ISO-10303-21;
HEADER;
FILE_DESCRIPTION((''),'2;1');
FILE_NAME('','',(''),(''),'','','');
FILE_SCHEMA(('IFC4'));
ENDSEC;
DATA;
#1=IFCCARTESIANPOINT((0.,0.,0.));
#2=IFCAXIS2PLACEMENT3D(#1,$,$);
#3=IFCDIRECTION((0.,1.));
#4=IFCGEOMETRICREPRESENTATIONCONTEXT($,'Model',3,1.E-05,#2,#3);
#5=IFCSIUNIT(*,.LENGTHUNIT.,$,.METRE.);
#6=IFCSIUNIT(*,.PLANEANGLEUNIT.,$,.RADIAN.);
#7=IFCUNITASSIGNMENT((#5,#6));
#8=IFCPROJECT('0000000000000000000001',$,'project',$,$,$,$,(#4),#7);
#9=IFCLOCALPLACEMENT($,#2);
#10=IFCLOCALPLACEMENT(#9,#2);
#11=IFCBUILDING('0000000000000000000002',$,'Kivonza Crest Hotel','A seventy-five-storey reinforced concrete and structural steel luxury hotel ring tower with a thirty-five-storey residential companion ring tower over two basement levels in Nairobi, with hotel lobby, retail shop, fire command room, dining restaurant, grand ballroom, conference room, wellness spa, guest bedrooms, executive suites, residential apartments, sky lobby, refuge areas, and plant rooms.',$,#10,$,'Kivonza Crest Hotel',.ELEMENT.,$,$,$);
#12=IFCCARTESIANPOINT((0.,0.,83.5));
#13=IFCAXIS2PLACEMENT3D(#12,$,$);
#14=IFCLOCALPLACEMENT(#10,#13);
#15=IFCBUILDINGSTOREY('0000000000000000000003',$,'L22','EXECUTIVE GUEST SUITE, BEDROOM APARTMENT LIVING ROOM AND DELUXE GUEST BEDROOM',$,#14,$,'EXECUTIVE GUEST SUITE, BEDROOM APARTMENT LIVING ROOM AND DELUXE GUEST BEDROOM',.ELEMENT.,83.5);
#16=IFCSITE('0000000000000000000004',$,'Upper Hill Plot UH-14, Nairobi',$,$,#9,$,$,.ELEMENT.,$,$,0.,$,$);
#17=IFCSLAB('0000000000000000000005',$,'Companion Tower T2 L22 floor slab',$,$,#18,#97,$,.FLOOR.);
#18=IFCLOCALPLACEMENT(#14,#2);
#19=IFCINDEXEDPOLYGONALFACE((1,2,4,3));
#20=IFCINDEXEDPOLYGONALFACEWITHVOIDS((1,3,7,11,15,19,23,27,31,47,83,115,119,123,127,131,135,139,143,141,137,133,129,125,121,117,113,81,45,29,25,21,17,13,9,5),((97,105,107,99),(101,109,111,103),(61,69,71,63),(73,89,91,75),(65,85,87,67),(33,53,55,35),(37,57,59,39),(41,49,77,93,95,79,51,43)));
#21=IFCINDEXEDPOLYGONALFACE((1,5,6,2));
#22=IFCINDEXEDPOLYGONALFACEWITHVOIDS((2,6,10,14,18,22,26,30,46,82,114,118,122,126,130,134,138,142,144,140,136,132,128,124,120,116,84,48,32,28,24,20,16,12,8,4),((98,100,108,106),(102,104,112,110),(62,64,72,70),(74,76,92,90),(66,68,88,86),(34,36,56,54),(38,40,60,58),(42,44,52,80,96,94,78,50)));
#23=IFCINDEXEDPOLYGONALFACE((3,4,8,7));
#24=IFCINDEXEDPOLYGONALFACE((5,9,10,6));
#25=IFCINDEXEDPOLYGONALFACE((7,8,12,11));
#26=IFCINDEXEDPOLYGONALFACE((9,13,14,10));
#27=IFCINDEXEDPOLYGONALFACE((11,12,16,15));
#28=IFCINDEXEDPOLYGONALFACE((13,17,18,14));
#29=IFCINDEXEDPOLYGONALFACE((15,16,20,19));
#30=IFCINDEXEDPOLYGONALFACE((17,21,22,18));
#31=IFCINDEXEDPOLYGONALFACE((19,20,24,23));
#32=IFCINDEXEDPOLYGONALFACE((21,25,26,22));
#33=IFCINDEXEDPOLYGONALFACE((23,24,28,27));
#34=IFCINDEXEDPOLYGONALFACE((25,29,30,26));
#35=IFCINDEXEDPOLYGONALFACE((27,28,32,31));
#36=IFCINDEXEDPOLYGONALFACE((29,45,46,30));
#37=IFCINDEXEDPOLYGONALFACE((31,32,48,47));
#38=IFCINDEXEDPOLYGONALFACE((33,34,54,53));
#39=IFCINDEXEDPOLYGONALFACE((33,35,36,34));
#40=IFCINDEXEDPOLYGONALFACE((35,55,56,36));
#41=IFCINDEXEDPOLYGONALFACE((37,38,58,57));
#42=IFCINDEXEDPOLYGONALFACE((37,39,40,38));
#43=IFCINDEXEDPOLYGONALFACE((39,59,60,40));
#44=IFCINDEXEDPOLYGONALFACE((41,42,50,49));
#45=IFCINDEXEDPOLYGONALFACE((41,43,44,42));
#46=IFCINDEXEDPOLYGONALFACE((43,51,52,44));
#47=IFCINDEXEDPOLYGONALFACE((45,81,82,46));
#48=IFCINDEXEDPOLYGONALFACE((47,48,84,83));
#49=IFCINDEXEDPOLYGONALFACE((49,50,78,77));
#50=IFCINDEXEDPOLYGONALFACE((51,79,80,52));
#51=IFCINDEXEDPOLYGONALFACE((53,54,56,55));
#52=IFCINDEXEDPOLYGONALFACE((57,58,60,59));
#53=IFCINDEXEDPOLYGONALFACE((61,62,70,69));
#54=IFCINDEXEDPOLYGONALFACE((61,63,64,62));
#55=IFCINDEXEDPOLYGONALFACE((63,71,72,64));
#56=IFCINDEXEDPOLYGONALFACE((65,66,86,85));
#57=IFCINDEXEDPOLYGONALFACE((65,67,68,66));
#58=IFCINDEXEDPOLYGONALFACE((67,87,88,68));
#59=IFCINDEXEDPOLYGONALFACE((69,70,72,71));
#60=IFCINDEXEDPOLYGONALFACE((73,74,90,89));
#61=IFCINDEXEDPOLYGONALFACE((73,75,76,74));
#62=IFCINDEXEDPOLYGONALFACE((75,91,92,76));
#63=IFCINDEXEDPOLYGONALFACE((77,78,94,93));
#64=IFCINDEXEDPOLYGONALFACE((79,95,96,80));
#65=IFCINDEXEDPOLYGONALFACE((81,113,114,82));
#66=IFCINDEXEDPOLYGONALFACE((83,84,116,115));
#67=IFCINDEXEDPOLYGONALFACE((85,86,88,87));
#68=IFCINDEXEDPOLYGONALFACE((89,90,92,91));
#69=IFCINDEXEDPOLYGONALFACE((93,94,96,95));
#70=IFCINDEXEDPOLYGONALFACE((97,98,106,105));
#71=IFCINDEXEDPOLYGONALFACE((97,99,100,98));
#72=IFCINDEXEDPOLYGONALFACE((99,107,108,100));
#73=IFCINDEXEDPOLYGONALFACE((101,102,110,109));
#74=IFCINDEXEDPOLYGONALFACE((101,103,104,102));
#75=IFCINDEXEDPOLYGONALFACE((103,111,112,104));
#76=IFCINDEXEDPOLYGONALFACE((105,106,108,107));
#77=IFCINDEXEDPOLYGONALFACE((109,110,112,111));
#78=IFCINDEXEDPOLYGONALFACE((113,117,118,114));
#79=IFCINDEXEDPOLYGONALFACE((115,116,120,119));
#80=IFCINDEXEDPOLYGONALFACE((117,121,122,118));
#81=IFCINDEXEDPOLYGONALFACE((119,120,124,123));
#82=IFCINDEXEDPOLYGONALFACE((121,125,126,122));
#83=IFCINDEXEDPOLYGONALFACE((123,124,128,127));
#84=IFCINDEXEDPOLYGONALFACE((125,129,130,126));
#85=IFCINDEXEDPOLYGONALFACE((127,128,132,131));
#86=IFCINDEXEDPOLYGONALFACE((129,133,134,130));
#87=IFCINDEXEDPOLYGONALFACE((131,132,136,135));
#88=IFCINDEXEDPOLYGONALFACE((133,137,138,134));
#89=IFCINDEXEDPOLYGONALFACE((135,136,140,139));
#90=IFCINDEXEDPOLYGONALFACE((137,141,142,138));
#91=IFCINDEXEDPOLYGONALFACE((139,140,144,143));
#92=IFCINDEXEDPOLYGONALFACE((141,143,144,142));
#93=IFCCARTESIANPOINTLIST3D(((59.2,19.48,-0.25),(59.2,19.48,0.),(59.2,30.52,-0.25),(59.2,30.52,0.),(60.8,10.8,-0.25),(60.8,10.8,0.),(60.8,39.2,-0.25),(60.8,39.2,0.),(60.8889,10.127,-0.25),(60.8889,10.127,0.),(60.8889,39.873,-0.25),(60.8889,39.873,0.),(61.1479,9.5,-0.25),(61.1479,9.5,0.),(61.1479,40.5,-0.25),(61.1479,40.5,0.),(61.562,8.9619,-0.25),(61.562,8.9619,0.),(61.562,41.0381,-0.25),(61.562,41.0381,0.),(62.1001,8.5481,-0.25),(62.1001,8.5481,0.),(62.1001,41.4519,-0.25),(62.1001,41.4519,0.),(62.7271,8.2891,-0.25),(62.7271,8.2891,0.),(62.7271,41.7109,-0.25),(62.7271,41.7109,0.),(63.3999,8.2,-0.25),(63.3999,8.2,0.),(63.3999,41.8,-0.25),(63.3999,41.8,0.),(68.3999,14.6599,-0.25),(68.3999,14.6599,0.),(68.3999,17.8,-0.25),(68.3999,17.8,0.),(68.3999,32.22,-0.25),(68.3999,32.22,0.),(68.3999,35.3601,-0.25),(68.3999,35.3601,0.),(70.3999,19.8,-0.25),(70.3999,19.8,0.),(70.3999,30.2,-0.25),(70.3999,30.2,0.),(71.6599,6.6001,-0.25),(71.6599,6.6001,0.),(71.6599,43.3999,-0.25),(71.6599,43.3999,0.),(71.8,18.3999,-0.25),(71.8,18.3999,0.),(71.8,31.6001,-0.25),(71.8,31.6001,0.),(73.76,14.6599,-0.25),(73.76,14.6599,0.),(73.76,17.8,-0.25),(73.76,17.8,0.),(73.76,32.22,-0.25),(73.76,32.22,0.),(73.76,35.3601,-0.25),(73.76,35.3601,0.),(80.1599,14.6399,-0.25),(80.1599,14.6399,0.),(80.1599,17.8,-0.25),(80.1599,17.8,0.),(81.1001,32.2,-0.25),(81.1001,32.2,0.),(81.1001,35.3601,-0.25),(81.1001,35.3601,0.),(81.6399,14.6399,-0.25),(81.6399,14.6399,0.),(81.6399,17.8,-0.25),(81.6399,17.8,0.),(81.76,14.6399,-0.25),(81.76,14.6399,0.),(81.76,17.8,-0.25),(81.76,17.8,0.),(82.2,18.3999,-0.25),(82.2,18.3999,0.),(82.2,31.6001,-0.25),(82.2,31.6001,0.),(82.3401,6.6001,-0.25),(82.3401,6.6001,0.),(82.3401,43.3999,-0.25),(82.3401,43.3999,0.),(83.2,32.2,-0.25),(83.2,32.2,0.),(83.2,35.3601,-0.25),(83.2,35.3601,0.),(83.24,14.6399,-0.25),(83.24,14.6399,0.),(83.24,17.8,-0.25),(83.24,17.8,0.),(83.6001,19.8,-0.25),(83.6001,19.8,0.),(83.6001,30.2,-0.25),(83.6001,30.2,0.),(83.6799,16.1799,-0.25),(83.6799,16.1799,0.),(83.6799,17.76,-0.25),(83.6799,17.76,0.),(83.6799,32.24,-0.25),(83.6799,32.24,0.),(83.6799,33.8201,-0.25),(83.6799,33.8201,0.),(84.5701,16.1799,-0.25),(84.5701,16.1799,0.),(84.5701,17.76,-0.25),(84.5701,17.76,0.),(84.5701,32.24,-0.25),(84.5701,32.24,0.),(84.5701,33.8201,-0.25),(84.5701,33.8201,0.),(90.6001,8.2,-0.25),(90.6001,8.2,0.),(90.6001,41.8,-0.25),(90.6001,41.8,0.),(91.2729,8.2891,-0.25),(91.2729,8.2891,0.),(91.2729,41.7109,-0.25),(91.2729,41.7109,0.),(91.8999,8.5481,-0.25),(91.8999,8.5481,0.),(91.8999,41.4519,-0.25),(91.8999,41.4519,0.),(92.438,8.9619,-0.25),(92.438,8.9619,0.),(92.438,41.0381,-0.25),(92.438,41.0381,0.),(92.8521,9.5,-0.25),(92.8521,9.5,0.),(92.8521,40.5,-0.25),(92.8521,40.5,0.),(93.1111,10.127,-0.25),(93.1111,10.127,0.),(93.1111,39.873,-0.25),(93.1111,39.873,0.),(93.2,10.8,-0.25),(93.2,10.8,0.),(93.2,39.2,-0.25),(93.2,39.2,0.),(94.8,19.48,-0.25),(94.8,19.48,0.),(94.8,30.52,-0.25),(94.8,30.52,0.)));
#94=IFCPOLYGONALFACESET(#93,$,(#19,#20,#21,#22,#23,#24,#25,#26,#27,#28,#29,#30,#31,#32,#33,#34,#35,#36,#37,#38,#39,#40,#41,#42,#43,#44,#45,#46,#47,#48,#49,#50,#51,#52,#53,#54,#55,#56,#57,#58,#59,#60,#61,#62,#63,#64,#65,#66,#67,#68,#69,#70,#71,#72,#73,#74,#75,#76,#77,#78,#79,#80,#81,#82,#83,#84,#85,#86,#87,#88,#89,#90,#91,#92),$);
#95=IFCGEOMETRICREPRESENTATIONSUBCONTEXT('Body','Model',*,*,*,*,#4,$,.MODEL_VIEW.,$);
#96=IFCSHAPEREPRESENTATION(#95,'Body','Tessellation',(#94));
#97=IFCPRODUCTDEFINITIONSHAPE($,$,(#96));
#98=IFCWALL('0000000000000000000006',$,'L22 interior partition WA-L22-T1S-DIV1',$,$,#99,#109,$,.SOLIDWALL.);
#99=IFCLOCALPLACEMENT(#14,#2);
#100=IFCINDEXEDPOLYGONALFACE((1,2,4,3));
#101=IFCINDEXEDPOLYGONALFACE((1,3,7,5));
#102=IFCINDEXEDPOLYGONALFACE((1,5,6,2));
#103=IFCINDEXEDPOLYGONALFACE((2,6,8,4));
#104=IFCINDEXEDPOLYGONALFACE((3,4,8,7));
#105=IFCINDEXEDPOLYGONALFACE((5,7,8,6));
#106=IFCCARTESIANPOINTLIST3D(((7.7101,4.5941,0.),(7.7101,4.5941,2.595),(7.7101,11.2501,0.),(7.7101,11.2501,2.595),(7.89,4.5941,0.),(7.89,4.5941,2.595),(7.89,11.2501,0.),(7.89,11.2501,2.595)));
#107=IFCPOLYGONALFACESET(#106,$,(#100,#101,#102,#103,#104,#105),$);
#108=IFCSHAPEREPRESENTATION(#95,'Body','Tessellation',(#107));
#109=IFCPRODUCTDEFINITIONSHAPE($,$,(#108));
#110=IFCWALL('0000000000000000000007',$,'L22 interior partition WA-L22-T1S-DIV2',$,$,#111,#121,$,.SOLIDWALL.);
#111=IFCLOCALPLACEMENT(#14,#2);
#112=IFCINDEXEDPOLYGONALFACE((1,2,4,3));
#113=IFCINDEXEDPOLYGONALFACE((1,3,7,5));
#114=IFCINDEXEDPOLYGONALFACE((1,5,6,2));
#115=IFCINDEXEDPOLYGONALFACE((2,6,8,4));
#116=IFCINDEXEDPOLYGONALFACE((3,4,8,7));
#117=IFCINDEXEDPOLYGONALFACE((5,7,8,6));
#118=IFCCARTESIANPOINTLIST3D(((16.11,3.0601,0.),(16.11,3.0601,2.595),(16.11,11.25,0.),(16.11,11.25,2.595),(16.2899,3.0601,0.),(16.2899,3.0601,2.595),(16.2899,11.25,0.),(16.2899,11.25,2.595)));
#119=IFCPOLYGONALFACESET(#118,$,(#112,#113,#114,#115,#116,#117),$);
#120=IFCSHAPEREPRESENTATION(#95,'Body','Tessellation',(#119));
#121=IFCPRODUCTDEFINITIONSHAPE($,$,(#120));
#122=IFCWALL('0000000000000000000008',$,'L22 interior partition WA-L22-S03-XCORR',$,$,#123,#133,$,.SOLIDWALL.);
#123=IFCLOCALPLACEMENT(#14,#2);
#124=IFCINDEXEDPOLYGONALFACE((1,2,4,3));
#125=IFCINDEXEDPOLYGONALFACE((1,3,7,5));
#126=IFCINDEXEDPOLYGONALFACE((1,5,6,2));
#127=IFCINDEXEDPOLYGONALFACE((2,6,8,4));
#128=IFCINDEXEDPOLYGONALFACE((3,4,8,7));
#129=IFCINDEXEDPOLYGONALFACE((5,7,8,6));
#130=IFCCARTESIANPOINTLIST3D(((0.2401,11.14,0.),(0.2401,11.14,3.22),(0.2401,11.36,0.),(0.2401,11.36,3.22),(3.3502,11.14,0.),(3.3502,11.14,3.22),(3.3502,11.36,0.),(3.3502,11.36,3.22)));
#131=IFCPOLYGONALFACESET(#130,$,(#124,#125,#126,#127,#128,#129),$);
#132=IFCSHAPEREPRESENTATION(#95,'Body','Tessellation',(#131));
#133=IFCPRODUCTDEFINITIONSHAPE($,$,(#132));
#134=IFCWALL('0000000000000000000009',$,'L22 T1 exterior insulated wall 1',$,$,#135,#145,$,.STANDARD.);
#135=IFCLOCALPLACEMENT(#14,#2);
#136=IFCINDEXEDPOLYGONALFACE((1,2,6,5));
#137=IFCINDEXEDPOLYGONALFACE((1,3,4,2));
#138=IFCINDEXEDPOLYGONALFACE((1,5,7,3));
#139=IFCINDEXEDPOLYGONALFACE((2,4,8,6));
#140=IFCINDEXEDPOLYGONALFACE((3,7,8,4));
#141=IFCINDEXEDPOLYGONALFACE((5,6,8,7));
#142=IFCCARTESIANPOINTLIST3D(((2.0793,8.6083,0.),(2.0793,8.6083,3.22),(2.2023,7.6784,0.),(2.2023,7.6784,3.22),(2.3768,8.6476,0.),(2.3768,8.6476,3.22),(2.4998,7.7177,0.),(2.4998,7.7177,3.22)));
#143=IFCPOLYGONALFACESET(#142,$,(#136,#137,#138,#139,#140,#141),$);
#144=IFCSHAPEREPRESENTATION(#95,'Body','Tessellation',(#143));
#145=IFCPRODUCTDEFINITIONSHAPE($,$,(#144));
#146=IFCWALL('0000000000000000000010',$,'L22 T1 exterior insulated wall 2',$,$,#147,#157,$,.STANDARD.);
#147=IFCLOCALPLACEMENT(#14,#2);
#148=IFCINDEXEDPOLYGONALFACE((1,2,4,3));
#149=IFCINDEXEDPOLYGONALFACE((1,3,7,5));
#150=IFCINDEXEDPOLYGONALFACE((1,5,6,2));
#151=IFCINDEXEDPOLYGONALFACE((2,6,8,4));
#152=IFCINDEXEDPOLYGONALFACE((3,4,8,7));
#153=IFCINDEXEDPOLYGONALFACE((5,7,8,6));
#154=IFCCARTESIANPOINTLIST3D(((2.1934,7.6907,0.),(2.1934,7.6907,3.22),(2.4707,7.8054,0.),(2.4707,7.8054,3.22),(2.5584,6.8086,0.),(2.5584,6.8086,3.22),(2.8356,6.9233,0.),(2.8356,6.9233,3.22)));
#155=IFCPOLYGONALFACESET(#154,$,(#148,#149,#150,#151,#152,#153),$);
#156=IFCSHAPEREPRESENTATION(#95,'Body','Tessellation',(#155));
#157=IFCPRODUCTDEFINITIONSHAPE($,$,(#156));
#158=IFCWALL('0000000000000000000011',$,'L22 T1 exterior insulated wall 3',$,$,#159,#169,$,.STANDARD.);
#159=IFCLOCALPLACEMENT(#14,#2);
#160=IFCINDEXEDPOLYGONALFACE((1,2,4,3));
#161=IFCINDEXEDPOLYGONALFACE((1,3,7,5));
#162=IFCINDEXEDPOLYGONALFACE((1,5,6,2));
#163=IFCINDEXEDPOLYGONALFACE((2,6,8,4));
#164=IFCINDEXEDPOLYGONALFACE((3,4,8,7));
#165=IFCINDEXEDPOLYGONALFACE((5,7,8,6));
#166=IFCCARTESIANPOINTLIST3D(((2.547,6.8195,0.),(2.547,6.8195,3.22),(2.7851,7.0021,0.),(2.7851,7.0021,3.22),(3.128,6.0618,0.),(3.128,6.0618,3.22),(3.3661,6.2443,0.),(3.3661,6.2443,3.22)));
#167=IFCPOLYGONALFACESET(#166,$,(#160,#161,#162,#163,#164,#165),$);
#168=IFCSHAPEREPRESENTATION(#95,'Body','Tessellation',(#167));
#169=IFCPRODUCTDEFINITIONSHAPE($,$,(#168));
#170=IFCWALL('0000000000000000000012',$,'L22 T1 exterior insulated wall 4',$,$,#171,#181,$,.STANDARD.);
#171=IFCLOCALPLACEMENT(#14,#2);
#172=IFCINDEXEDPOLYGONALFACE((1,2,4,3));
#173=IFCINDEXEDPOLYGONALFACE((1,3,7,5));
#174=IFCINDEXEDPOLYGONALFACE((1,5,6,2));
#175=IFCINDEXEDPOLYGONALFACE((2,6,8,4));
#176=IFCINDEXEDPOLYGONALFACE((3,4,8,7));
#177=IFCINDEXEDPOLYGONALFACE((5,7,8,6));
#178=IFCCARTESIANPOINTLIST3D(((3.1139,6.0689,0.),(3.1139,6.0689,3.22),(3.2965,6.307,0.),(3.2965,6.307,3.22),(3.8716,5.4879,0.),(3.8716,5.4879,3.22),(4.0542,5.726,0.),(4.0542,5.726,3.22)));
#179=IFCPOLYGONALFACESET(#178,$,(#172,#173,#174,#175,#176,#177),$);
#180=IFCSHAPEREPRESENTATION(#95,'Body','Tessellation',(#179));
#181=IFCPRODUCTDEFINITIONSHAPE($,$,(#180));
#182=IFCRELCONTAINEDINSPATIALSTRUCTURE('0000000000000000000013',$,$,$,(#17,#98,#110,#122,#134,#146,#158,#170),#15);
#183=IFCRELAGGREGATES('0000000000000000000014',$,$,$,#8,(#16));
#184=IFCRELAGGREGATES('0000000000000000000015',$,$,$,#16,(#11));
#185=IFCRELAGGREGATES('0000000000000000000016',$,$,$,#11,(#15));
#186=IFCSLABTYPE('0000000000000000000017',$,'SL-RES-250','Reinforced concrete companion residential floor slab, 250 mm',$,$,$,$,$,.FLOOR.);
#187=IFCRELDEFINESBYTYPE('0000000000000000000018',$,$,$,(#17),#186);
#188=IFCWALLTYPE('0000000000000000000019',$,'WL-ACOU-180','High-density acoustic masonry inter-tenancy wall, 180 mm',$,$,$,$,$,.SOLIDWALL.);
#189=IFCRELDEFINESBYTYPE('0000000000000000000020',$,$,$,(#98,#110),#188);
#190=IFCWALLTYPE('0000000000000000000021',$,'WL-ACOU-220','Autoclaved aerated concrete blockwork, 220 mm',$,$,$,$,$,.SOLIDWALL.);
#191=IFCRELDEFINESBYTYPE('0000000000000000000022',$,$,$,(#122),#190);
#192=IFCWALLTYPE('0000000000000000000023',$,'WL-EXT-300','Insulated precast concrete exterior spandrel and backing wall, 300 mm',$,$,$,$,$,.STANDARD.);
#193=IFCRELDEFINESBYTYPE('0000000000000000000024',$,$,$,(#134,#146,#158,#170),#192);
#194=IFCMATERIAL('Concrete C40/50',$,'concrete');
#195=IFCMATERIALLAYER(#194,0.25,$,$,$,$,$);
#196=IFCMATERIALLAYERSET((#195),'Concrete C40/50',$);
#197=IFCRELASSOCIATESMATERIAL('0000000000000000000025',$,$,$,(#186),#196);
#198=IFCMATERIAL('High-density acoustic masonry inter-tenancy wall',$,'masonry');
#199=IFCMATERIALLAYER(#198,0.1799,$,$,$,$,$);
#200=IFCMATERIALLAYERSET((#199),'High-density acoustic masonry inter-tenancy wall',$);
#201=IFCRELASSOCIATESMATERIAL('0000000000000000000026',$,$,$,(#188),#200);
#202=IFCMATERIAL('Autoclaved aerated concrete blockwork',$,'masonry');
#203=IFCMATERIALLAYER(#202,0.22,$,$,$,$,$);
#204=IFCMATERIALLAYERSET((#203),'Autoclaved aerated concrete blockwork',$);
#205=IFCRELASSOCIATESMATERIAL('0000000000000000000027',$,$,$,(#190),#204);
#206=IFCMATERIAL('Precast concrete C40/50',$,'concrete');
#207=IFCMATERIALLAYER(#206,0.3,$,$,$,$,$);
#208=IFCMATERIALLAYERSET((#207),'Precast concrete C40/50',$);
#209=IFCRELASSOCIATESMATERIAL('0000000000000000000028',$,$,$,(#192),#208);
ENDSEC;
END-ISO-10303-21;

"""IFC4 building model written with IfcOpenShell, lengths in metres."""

from ifc_helpers import new_model, si_unit, direction, frame, frame_2d, origin, place, context, subcontext, project, spatial, polyline, rectangle, outline, extrude, material, layer, layer_set, type_object, element, save


model = new_model("IFC4")

# Units and contexts
model_context = context("Model", 3, precision=1e-05, world=origin(), true_north=direction((0.0, 1.0)))
body_context = subcontext(model_context, "Body", "Model", "MODEL_VIEW")
ifc_project = project(units=[si_unit("LENGTHUNIT", "METRE"), si_unit("PLANEANGLEUNIT", "RADIAN")], contexts=[model_context])

# Site, building, storey
site_placement = place(None, origin())
site = spatial("IfcSite", under=ifc_project, at=site_placement, Name="Upper Hill Plot UH-14, Nairobi", CompositionType="ELEMENT", RefElevation=0.0)
building_placement = place(site_placement, origin())
building = spatial("IfcBuilding", under=site, at=building_placement, Name="Kivonza Crest Hotel", Description="A seventy-five-storey reinforced concrete and structural steel luxury hotel ring tower with a thirty-five-storey residential companion ring tower over two basement levels in Nairobi, with hotel lobby, retail shop, fire command room, dining restaurant, grand ballroom, conference room, wellness spa, guest bedrooms, executive suites, residential apartments, sky lobby, refuge areas, and plant rooms.", LongName="Kivonza Crest Hotel", CompositionType="ELEMENT")
storey_placement = place(building_placement, frame((0.0, 0.0, 83.5)))
storey = spatial("IfcBuildingStorey", under=building, at=storey_placement, Name="L22", Description="EXECUTIVE GUEST SUITE, BEDROOM APARTMENT LIVING ROOM AND DELUXE GUEST BEDROOM", LongName="EXECUTIVE GUEST SUITE, BEDROOM APARTMENT LIVING ROOM AND DELUXE GUEST BEDROOM", CompositionType="ELEMENT", Elevation=83.5)

# Shared definitions
ifc_material_1 = material(Name="Concrete C40/50", Category="concrete")

# Slab
ifc_layer_1 = layer(ifc_material_1, 0.25)
ifc_layer_set_1 = layer_set([ifc_layer_1], Name="Concrete C40/50")
slab_type_1 = type_object("IfcSlabType", Name="SL-RES-250", Description="Reinforced concrete companion residential floor slab, 250 mm", PredefinedType="FLOOR", material=ifc_layer_set_1)
slab_1_placement = place(storey_placement, frame((0.0, 0.0, -0.25)))
element("IfcSlab", 1, at=slab_1_placement, inside=storey, type_object=slab_type_1, Name="Companion Tower T2 L22 floor slab", PredefinedType="FLOOR", context=body_context, shape_type="SweptSolid", body=[
    extrude(outline(polyline([(60.8, 10.8), (60.8889, 10.127), (61.1479, 9.5), (61.562, 8.9619), (62.1001, 8.5481), (62.7271, 8.2891), (63.3999, 8.2), (71.6599, 6.6001), (82.3401, 6.6001), (90.6001, 8.2), (91.2729, 8.2891), (91.8999, 8.5481), (92.438, 8.9619), (92.8521, 9.5), (93.1111, 10.127), (93.2, 10.8), (94.8, 19.48), (94.8, 30.52), (93.2, 39.2), (93.1111, 39.873), (92.8521, 40.5), (92.438, 41.0381), (91.8999, 41.4519), (91.2729, 41.7109), (90.6001, 41.8), (82.3401, 43.3999), (71.6599, 43.3999), (63.3999, 41.8), (62.7271, 41.7109), (62.1001, 41.4519), (61.562, 41.0381), (61.1479, 40.5), (60.8889, 39.873), (60.8, 39.2), (59.2, 30.52), (59.2, 19.48), (60.8, 10.8)]), holes=[polyline([(71.8, 18.3999), (82.2, 18.3999), (83.6001, 19.8), (83.6001, 30.2), (82.2, 31.6001), (71.8, 31.6001), (70.3999, 30.2), (70.3999, 19.8), (71.8, 18.3999)]), polyline([(68.3999, 32.22), (73.76, 32.22), (73.76, 35.3601), (68.3999, 35.3601), (68.3999, 32.22)]), polyline([(68.3999, 14.6599), (73.76, 14.6599), (73.76, 17.8), (68.3999, 17.8), (68.3999, 14.6599)]), polyline([(83.6799, 32.24), (84.5701, 32.24), (84.5701, 33.8201), (83.6799, 33.8201), (83.6799, 32.24)]), polyline([(83.6799, 16.1799), (84.5701, 16.1799), (84.5701, 17.76), (83.6799, 17.76), (83.6799, 16.1799)]), polyline([(81.1001, 32.2), (83.2, 32.2), (83.2, 35.3601), (81.1001, 35.3601), (81.1001, 32.2)]), polyline([(80.1599, 14.6399), (81.6399, 14.6399), (81.6399, 17.8), (80.1599, 17.8), (80.1599, 14.6399)]), polyline([(81.76, 14.6399), (83.24, 14.6399), (83.24, 17.8), (81.76, 17.8), (81.76, 14.6399)])]), origin(), (0.0, 0.0, 1.0), 0.25),
])

# Walls
ifc_material_2 = material(Name="High-density acoustic masonry inter-tenancy wall", Category="masonry")
ifc_layer_2 = layer(ifc_material_2, 0.1799)
ifc_layer_set_2 = layer_set([ifc_layer_2], Name="High-density acoustic masonry inter-tenancy wall")
wall_type_1 = type_object("IfcWallType", Name="WL-ACOU-180", Description="High-density acoustic masonry inter-tenancy wall, 180 mm", PredefinedType="SOLIDWALL", material=ifc_layer_set_2)
wall_1_placement = place(storey_placement, frame((7.8, 4.594, 0.0), z_axis=(0.0, 0.0, 1.0), x_axis=(0.0, 1.0, 0.0)))
element("IfcWall", 2, at=wall_1_placement, inside=storey, type_object=wall_type_1, Name="L22 interior partition WA-L22-T1S-DIV1", PredefinedType="SOLIDWALL", context=body_context, shape_type="SweptSolid", body=[
    extrude(rectangle(XDim=6.656, YDim=0.1799, at=frame_2d((3.3281, 0.0))), origin(), (0.0, 0.0, 1.0), 2.595),
])
wall_2_placement = place(storey_placement, frame((16.2, 3.0601, 0.0), z_axis=(0.0, 0.0, 1.0), x_axis=(0.0, 1.0, 0.0)))
element("IfcWall", 3, at=wall_2_placement, inside=storey, type_object=wall_type_1, Name="L22 interior partition WA-L22-T1S-DIV2", PredefinedType="SOLIDWALL", context=body_context, shape_type="SweptSolid", body=[
    extrude(rectangle(XDim=8.1899, YDim=0.1799, at=frame_2d((4.095, 0.0))), origin(), (0.0, 0.0, 1.0), 2.595),
])
ifc_material_3 = material(Name="Autoclaved aerated concrete blockwork", Category="masonry")
ifc_layer_3 = layer(ifc_material_3, 0.22)
ifc_layer_set_3 = layer_set([ifc_layer_3], Name="Autoclaved aerated concrete blockwork")
wall_type_2 = type_object("IfcWallType", Name="WL-ACOU-220", Description="Autoclaved aerated concrete blockwork, 220 mm", PredefinedType="SOLIDWALL", material=ifc_layer_set_3)
wall_3_placement = place(storey_placement, frame((0.24, 11.25, 0.0), z_axis=(0.0, 0.0, 1.0), x_axis=(1.0, 0.0, 0.0)))
element("IfcWall", 4, at=wall_3_placement, inside=storey, type_object=wall_type_2, Name="L22 interior partition WA-L22-S03-XCORR", PredefinedType="SOLIDWALL", context=body_context, shape_type="SweptSolid", body=[
    extrude(rectangle(XDim=3.1101, YDim=0.22, at=frame_2d((1.5552, 0.0))), origin(), (0.0, 0.0, 1.0), 3.22),
])
ifc_material_4 = material(Name="Precast concrete C40/50", Category="concrete")
ifc_layer_4 = layer(ifc_material_4, 0.3)
ifc_layer_set_4 = layer_set([ifc_layer_4], Name="Precast concrete C40/50")
wall_type_3 = type_object("IfcWallType", Name="WL-EXT-300", Description="Insulated precast concrete exterior spandrel and backing wall, 300 mm", PredefinedType="STANDARD", material=ifc_layer_set_4)
wall_4_placement = place(storey_placement, frame((2.228, 8.6279, 0.0), z_axis=(0.0, 0.0, 1.0), x_axis=(0.131175, -0.991359, 0.0)))
element("IfcWall", 5, at=wall_4_placement, inside=storey, type_object=wall_type_3, Name="L22 T1 exterior insulated wall 1", PredefinedType="STANDARD", context=body_context, shape_type="SweptSolid", body=[
    extrude(rectangle(XDim=0.938, YDim=0.3, at=frame_2d((0.469, 0.0))), origin(), (0.0, 0.0, 1.0), 3.22),
])
wall_5_placement = place(storey_placement, frame((2.332, 7.748, 0.0), z_axis=(0.0, 0.0, 1.0), x_axis=(0.382344, -0.92402, 0.0)))
element("IfcWall", 6, at=wall_5_placement, inside=storey, type_object=wall_type_3, Name="L22 T1 exterior insulated wall 2", PredefinedType="STANDARD", context=body_context, shape_type="SweptSolid", body=[
    extrude(rectangle(XDim=0.9546, YDim=0.3, at=frame_2d((0.4773, 0.0))), origin(), (0.0, 0.0, 1.0), 3.22),
])
for number, where, z_axis, x_axis, name in (
    (7, (2.666, 6.9109, 0.0), (0.0, 0.0, 1.0), (0.608474, -0.793573, 0.0), "L22 T1 exterior insulated wall 3"),
    (8, (3.2051, 6.188, 0.0), (0.0, 0.0, 1.0), (0.793573, -0.608474, 0.0), "L22 T1 exterior insulated wall 4"),
):
    element("IfcWall", number, at=place(storey_placement, frame(where, z_axis=z_axis, x_axis=x_axis)), inside=storey, type_object=wall_type_3, Name=name, PredefinedType="STANDARD", context=body_context, shape_type="SweptSolid", body=[
        extrude(rectangle(XDim=0.9548, YDim=0.3, at=frame_2d((0.4775, 0.0))), origin(), (0.0, 0.0, 1.0), 3.22),
    ])

save(model, "model.ifc")
